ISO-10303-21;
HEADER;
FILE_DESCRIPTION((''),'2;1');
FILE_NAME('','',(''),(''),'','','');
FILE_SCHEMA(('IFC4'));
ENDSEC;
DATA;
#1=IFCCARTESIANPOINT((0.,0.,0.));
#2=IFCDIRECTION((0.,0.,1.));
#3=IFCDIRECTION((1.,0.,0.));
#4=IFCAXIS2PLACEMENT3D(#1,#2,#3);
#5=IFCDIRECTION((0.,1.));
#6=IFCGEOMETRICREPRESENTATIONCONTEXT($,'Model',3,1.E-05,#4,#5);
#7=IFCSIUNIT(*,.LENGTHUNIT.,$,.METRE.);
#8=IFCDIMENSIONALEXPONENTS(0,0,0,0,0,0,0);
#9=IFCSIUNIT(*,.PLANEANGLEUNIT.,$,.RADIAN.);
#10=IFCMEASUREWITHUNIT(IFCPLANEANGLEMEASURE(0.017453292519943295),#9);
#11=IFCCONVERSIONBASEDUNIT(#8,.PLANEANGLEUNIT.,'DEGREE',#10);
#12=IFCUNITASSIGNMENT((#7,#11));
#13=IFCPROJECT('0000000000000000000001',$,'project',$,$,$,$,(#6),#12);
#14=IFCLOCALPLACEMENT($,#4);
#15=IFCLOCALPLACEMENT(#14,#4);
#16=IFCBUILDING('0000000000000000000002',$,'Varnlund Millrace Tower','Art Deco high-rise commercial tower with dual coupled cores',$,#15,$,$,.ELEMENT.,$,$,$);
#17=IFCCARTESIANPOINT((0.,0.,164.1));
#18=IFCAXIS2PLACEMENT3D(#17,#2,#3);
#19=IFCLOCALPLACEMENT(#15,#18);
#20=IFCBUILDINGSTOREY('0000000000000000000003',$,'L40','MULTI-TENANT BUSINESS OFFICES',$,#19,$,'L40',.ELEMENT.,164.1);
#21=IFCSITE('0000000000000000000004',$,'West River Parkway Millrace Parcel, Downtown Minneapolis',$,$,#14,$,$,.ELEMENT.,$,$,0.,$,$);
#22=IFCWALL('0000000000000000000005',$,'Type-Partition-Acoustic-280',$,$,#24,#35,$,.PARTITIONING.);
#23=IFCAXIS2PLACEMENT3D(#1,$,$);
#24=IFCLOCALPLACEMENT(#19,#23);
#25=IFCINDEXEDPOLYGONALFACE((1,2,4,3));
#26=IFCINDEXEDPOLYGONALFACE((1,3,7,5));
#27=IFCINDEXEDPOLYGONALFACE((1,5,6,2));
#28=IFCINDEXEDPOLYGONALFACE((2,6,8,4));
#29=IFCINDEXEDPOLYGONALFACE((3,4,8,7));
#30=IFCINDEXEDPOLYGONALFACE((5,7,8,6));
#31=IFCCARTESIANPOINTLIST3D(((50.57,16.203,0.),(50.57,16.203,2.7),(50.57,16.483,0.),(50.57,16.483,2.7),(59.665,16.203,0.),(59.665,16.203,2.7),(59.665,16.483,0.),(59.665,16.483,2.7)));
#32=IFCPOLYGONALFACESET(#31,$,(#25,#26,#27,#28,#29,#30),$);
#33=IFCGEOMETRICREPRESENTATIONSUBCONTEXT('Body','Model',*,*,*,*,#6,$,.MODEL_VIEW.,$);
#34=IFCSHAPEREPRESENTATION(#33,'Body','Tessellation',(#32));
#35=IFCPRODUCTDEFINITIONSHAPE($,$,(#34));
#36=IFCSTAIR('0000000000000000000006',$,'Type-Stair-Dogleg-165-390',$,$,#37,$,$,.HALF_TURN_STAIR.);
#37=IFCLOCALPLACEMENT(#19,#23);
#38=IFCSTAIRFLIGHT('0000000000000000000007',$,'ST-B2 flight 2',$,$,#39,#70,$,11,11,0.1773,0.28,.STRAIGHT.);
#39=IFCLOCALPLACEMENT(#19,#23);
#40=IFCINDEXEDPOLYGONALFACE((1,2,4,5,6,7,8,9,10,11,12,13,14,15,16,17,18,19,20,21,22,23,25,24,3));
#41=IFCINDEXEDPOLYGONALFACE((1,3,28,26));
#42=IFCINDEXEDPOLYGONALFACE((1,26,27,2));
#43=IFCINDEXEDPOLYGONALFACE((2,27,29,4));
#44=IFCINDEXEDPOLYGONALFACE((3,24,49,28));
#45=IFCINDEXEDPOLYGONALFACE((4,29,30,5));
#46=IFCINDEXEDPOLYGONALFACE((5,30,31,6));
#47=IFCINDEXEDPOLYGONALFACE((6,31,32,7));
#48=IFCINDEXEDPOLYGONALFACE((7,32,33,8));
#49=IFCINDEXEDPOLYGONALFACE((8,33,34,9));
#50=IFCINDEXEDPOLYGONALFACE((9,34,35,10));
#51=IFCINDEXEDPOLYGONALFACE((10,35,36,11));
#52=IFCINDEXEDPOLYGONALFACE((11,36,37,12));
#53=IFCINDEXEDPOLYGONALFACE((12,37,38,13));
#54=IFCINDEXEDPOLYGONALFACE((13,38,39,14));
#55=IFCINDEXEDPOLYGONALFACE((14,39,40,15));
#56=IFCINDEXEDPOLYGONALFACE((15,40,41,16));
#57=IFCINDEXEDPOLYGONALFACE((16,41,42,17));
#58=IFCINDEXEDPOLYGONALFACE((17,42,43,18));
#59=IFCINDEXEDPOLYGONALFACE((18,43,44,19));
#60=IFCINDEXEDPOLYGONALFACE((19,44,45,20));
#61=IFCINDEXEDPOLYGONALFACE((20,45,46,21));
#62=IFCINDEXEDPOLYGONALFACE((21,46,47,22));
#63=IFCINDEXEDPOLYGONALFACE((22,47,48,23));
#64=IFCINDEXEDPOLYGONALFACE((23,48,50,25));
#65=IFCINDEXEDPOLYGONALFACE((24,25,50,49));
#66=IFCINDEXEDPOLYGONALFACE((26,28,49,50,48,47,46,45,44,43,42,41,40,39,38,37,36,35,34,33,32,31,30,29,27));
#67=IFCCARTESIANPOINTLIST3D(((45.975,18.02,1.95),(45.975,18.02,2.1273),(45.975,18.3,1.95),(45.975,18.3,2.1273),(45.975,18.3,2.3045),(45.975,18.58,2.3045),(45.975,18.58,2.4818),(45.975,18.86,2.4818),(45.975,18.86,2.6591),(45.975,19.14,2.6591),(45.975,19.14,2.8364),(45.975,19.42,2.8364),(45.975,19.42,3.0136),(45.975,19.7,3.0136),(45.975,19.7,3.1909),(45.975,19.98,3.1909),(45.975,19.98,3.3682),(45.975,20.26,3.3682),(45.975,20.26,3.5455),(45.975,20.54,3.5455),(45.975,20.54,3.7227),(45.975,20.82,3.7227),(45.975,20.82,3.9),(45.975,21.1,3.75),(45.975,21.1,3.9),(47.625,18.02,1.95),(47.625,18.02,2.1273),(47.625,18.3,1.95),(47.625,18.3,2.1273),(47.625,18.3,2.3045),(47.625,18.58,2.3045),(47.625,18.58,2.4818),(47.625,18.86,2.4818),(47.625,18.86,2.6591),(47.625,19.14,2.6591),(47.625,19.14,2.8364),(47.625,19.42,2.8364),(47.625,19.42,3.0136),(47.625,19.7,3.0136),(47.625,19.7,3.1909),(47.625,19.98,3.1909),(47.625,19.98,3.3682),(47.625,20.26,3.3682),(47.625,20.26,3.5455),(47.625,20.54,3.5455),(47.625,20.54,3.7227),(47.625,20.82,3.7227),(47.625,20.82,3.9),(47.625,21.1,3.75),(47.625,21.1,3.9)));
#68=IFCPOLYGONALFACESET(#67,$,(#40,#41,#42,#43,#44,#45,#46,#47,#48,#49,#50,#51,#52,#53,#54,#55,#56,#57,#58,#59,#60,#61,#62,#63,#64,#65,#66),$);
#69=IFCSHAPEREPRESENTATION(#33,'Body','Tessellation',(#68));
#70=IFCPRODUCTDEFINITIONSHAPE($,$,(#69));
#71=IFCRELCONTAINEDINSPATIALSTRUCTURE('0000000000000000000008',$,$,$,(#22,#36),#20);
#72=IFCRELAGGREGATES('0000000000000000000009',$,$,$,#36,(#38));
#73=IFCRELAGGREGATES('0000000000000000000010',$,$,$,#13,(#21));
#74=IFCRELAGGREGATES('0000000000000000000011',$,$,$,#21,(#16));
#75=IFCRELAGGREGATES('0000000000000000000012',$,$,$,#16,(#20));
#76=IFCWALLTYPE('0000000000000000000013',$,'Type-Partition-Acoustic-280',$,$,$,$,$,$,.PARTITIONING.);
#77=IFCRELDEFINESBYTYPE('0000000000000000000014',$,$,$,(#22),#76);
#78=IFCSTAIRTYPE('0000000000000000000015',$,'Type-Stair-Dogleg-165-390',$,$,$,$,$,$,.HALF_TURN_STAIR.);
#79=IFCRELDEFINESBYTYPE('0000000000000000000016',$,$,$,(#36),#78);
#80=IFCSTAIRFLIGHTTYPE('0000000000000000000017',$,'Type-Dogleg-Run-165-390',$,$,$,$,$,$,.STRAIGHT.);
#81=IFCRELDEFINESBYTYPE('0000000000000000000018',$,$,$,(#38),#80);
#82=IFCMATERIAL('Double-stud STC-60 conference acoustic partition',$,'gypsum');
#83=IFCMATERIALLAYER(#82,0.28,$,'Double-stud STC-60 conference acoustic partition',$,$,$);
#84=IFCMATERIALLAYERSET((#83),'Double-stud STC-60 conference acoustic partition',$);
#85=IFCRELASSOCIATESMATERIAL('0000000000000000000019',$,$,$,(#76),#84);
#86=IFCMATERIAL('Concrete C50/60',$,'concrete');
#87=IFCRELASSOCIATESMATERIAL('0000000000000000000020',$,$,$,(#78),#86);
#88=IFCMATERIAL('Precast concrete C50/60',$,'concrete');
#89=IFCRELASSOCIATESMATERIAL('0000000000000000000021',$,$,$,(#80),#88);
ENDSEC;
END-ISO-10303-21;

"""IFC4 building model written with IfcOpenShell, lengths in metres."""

from ifc_helpers import new_model, entity, si_unit, converted_unit, direction, frame, origin_with_axes, place, context, subcontext, project, spatial, polyline, outline, extrude, material, layer, layer_set, type_object, element, aggregate, save


model = new_model("IFC4")

# Units and contexts
model_context = context("Model", 3, precision=1e-05, world=origin_with_axes(), true_north=direction((0.0, 1.0)))
body_context = subcontext(model_context, "Body", "Model", "MODEL_VIEW")
ifc_project = project(units=[si_unit("LENGTHUNIT", "METRE"), converted_unit("PLANEANGLEUNIT", "DEGREE", entity("IfcPlaneAngleMeasure", 0.017453292519943295), si_unit("PLANEANGLEUNIT", "RADIAN"), dimensions=[0, 0, 0, 0, 0, 0, 0])], contexts=[model_context])

# Site, building, storey
site_placement = place(None, origin_with_axes())
site = spatial("IfcSite", under=ifc_project, at=site_placement, Name="West River Parkway Millrace Parcel, Downtown Minneapolis", CompositionType="ELEMENT", RefElevation=0.0)
building_placement = place(site_placement, origin_with_axes())
building = spatial("IfcBuilding", under=site, at=building_placement, Name="Varnlund Millrace Tower", Description="Art Deco high-rise commercial tower with dual coupled cores", CompositionType="ELEMENT")
storey_placement = place(building_placement, frame((0.0, 0.0, 164.1), z_axis=(0.0, 0.0, 1.0), x_axis=(1.0, 0.0, 0.0)))
storey = spatial("IfcBuildingStorey", under=building, at=storey_placement, Name="L40", Description="MULTI-TENANT BUSINESS OFFICES", LongName="L40", CompositionType="ELEMENT", Elevation=164.1)

# Shared definitions
ifc_material_1 = material(Name="Precast concrete C50/60", Category="concrete")

# Wall
ifc_material_2 = material(Name="Double-stud STC-60 conference acoustic partition", Category="gypsum")
ifc_layer_1 = layer(ifc_material_2, 0.28, Name="Double-stud STC-60 conference acoustic partition")
ifc_layer_set_1 = layer_set([ifc_layer_1], Name="Double-stud STC-60 conference acoustic partition")
wall_type_1 = type_object("IfcWallType", Name="Type-Partition-Acoustic-280", PredefinedType="PARTITIONING", material=ifc_layer_set_1)
wall_1_placement = place(storey_placement, frame((50.57, 16.343, 0.0), z_axis=(0.0, 0.0, 1.0), x_axis=(1.0, 0.0, 0.0)))
element("IfcWall", 1, at=wall_1_placement, inside=storey, type_object=wall_type_1, Name="Type-Partition-Acoustic-280", PredefinedType="PARTITIONING", context=body_context, shape_type="SweptSolid", body=[
    extrude(outline(polyline([(0.0, -0.14), (9.095, -0.14), (9.095, 0.14), (0.0, 0.14), (0.0, -0.14)])), origin_with_axes(), (0.0, 0.0, 1.0), 2.7),
])

# Stair, stair flight
ifc_material_3 = material(Name="Concrete C50/60", Category="concrete")
stair_type = type_object("IfcStairType", Name="Type-Stair-Dogleg-165-390", PredefinedType="HALF_TURN_STAIR", material=ifc_material_3)
stair_placement = place(storey_placement, origin_with_axes())
stair = element("IfcStair", 2, at=stair_placement, inside=storey, type_object=stair_type, Name="Type-Stair-Dogleg-165-390", PredefinedType="HALF_TURN_STAIR")
stair_flight_type = type_object("IfcStairFlightType", Name="Type-Dogleg-Run-165-390", PredefinedType="STRAIGHT", material=ifc_material_1)
stair_flight_placement = place(storey_placement, frame((45.975, 18.02, 1.95), z_axis=(1.0, 0.0, 0.0), x_axis=(0.0, 1.0, 0.0)))
stair_flight = element("IfcStairFlight", 3, at=stair_flight_placement, type_object=stair_flight_type, Name="ST-B2 flight 2", NumberOfRisers=11, NumberOfTreads=11, PredefinedType="STRAIGHT", RiserHeight=0.1773, TreadLength=0.28, context=body_context, shape_type="SweptSolid", body=[
    extrude(outline(polyline([(0.0, 0.0), (0.0, 0.1773), (0.28, 0.1773), (0.28, 0.3545), (0.56, 0.3545), (0.56, 0.5318), (0.84, 0.5318), (0.84, 0.7091), (1.12, 0.7091), (1.12, 0.8864), (1.4, 0.8864), (1.4, 1.0636), (1.68, 1.0636), (1.68, 1.2409), (1.96, 1.2409), (1.96, 1.4182), (2.24, 1.4182), (2.24, 1.5955), (2.52, 1.5955), (2.52, 1.7727), (2.8, 1.7727), (2.8, 1.95), (3.08, 1.95), (3.08, 1.8), (0.28, 0.0), (0.0, 0.0)])), origin_with_axes(), (0.0, 0.0, 1.0), 1.65),
])
aggregate(stair, [stair_flight])

save(model, "model.ifc")
